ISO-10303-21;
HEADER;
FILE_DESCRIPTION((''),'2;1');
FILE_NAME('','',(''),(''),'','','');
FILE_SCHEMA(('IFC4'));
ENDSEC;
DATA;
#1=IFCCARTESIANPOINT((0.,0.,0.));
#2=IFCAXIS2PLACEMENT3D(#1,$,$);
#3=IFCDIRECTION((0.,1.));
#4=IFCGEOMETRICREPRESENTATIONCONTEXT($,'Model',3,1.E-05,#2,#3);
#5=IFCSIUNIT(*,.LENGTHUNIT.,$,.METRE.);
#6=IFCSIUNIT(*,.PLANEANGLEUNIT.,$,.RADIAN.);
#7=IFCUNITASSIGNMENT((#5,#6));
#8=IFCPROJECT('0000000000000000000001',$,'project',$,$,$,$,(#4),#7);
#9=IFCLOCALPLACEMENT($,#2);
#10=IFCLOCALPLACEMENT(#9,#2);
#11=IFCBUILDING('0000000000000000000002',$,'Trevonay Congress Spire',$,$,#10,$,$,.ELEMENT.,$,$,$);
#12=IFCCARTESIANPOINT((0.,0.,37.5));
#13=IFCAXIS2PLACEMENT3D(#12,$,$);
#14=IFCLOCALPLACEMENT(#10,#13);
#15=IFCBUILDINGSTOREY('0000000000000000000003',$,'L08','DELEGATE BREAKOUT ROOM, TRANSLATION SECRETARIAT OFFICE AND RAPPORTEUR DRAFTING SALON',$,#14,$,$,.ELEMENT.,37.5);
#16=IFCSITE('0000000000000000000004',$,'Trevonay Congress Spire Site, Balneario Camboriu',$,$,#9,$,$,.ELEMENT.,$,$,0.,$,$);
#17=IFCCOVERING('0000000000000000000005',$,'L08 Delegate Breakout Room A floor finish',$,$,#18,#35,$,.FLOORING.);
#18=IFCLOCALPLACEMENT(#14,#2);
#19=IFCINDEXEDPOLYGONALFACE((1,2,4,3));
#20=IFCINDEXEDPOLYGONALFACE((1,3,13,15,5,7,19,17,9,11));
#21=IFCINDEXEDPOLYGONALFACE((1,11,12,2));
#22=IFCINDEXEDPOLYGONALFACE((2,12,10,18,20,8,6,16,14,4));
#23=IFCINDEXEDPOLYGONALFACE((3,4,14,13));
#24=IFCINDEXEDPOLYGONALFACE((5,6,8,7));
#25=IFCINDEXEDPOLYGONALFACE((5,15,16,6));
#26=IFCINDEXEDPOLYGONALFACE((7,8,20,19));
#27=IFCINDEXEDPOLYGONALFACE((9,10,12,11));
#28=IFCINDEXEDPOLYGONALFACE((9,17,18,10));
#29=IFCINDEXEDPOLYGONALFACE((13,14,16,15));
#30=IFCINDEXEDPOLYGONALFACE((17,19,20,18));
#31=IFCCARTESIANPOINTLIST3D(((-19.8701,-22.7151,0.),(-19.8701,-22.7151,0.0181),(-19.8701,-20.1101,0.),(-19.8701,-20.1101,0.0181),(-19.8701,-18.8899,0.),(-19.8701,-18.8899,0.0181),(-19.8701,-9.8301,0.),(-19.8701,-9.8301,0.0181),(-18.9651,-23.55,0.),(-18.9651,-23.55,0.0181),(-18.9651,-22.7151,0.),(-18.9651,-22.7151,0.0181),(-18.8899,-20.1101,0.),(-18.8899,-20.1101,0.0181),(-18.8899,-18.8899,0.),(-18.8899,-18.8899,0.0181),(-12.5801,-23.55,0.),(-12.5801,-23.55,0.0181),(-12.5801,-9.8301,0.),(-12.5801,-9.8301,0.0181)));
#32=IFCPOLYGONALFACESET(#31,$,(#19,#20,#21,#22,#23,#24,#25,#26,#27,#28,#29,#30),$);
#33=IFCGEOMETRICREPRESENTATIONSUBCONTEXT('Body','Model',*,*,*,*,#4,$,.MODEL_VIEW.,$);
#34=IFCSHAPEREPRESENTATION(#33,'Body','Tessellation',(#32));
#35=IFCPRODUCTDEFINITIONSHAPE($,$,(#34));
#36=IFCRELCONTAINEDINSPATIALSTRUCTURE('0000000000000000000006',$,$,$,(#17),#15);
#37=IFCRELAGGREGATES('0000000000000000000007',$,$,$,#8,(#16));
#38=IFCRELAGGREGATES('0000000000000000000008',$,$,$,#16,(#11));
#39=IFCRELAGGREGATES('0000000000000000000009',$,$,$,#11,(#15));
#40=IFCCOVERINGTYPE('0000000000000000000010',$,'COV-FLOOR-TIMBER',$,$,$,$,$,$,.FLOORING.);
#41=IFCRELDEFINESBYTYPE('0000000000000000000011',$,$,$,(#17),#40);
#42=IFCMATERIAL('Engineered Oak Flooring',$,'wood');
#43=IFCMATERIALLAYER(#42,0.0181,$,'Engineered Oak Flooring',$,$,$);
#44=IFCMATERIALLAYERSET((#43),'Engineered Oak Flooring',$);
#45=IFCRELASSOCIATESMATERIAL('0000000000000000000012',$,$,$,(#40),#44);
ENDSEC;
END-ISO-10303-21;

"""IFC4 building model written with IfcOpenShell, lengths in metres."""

from ifc_helpers import new_model, si_unit, direction, frame, origin, place, context, subcontext, project, spatial, polyline, outline, extrude, material, layer, layer_set, type_object, element, save


model = new_model("IFC4")

# Units and contexts
model_context = context("Model", 3, precision=1e-05, world=origin(), true_north=direction((0.0, 1.0)))
body_context = subcontext(model_context, "Body", "Model", "MODEL_VIEW")
ifc_project = project(units=[si_unit("LENGTHUNIT", "METRE"), si_unit("PLANEANGLEUNIT", "RADIAN")], contexts=[model_context])

# Site, building, storey
site_placement = place(None, origin())
site = spatial("IfcSite", under=ifc_project, at=site_placement, Name="Trevonay Congress Spire Site, Balneario Camboriu", CompositionType="ELEMENT", RefElevation=0.0)
building_placement = place(site_placement, origin())
building = spatial("IfcBuilding", under=site, at=building_placement, Name="Trevonay Congress Spire", CompositionType="ELEMENT")
storey_placement = place(building_placement, frame((0.0, 0.0, 37.5)))
storey = spatial("IfcBuildingStorey", under=building, at=storey_placement, Name="L08", Description="DELEGATE BREAKOUT ROOM, TRANSLATION SECRETARIAT OFFICE AND RAPPORTEUR DRAFTING SALON", CompositionType="ELEMENT", Elevation=37.5)

# Covering
ifc_material_1 = material(Name="Engineered Oak Flooring", Category="wood")
ifc_layer_1 = layer(ifc_material_1, 0.0181, Name="Engineered Oak Flooring")
ifc_layer_set_1 = layer_set([ifc_layer_1], Name="Engineered Oak Flooring")
covering_type_1 = type_object("IfcCoveringType", Name="COV-FLOOR-TIMBER", PredefinedType="FLOORING", material=ifc_layer_set_1)
covering_1_placement = place(storey_placement, origin())
element("IfcCovering", 1, at=covering_1_placement, inside=storey, type_object=covering_type_1, Name="L08 Delegate Breakout Room A floor finish", PredefinedType="FLOORING", context=body_context, shape_type="SweptSolid", body=[
    extrude(outline(polyline([(-19.8701, -9.8301), (-12.5801, -9.8301), (-12.5801, -23.55), (-18.9651, -23.55), (-18.9651, -22.7151), (-19.8701, -22.7151), (-19.8701, -20.1101), (-18.8899, -20.1101), (-18.8899, -18.8899), (-19.8701, -18.8899), (-19.8701, -9.8301)])), origin(), (0.0, 0.0, 1.0), 0.0181),
])

save(model, "model.ifc")
